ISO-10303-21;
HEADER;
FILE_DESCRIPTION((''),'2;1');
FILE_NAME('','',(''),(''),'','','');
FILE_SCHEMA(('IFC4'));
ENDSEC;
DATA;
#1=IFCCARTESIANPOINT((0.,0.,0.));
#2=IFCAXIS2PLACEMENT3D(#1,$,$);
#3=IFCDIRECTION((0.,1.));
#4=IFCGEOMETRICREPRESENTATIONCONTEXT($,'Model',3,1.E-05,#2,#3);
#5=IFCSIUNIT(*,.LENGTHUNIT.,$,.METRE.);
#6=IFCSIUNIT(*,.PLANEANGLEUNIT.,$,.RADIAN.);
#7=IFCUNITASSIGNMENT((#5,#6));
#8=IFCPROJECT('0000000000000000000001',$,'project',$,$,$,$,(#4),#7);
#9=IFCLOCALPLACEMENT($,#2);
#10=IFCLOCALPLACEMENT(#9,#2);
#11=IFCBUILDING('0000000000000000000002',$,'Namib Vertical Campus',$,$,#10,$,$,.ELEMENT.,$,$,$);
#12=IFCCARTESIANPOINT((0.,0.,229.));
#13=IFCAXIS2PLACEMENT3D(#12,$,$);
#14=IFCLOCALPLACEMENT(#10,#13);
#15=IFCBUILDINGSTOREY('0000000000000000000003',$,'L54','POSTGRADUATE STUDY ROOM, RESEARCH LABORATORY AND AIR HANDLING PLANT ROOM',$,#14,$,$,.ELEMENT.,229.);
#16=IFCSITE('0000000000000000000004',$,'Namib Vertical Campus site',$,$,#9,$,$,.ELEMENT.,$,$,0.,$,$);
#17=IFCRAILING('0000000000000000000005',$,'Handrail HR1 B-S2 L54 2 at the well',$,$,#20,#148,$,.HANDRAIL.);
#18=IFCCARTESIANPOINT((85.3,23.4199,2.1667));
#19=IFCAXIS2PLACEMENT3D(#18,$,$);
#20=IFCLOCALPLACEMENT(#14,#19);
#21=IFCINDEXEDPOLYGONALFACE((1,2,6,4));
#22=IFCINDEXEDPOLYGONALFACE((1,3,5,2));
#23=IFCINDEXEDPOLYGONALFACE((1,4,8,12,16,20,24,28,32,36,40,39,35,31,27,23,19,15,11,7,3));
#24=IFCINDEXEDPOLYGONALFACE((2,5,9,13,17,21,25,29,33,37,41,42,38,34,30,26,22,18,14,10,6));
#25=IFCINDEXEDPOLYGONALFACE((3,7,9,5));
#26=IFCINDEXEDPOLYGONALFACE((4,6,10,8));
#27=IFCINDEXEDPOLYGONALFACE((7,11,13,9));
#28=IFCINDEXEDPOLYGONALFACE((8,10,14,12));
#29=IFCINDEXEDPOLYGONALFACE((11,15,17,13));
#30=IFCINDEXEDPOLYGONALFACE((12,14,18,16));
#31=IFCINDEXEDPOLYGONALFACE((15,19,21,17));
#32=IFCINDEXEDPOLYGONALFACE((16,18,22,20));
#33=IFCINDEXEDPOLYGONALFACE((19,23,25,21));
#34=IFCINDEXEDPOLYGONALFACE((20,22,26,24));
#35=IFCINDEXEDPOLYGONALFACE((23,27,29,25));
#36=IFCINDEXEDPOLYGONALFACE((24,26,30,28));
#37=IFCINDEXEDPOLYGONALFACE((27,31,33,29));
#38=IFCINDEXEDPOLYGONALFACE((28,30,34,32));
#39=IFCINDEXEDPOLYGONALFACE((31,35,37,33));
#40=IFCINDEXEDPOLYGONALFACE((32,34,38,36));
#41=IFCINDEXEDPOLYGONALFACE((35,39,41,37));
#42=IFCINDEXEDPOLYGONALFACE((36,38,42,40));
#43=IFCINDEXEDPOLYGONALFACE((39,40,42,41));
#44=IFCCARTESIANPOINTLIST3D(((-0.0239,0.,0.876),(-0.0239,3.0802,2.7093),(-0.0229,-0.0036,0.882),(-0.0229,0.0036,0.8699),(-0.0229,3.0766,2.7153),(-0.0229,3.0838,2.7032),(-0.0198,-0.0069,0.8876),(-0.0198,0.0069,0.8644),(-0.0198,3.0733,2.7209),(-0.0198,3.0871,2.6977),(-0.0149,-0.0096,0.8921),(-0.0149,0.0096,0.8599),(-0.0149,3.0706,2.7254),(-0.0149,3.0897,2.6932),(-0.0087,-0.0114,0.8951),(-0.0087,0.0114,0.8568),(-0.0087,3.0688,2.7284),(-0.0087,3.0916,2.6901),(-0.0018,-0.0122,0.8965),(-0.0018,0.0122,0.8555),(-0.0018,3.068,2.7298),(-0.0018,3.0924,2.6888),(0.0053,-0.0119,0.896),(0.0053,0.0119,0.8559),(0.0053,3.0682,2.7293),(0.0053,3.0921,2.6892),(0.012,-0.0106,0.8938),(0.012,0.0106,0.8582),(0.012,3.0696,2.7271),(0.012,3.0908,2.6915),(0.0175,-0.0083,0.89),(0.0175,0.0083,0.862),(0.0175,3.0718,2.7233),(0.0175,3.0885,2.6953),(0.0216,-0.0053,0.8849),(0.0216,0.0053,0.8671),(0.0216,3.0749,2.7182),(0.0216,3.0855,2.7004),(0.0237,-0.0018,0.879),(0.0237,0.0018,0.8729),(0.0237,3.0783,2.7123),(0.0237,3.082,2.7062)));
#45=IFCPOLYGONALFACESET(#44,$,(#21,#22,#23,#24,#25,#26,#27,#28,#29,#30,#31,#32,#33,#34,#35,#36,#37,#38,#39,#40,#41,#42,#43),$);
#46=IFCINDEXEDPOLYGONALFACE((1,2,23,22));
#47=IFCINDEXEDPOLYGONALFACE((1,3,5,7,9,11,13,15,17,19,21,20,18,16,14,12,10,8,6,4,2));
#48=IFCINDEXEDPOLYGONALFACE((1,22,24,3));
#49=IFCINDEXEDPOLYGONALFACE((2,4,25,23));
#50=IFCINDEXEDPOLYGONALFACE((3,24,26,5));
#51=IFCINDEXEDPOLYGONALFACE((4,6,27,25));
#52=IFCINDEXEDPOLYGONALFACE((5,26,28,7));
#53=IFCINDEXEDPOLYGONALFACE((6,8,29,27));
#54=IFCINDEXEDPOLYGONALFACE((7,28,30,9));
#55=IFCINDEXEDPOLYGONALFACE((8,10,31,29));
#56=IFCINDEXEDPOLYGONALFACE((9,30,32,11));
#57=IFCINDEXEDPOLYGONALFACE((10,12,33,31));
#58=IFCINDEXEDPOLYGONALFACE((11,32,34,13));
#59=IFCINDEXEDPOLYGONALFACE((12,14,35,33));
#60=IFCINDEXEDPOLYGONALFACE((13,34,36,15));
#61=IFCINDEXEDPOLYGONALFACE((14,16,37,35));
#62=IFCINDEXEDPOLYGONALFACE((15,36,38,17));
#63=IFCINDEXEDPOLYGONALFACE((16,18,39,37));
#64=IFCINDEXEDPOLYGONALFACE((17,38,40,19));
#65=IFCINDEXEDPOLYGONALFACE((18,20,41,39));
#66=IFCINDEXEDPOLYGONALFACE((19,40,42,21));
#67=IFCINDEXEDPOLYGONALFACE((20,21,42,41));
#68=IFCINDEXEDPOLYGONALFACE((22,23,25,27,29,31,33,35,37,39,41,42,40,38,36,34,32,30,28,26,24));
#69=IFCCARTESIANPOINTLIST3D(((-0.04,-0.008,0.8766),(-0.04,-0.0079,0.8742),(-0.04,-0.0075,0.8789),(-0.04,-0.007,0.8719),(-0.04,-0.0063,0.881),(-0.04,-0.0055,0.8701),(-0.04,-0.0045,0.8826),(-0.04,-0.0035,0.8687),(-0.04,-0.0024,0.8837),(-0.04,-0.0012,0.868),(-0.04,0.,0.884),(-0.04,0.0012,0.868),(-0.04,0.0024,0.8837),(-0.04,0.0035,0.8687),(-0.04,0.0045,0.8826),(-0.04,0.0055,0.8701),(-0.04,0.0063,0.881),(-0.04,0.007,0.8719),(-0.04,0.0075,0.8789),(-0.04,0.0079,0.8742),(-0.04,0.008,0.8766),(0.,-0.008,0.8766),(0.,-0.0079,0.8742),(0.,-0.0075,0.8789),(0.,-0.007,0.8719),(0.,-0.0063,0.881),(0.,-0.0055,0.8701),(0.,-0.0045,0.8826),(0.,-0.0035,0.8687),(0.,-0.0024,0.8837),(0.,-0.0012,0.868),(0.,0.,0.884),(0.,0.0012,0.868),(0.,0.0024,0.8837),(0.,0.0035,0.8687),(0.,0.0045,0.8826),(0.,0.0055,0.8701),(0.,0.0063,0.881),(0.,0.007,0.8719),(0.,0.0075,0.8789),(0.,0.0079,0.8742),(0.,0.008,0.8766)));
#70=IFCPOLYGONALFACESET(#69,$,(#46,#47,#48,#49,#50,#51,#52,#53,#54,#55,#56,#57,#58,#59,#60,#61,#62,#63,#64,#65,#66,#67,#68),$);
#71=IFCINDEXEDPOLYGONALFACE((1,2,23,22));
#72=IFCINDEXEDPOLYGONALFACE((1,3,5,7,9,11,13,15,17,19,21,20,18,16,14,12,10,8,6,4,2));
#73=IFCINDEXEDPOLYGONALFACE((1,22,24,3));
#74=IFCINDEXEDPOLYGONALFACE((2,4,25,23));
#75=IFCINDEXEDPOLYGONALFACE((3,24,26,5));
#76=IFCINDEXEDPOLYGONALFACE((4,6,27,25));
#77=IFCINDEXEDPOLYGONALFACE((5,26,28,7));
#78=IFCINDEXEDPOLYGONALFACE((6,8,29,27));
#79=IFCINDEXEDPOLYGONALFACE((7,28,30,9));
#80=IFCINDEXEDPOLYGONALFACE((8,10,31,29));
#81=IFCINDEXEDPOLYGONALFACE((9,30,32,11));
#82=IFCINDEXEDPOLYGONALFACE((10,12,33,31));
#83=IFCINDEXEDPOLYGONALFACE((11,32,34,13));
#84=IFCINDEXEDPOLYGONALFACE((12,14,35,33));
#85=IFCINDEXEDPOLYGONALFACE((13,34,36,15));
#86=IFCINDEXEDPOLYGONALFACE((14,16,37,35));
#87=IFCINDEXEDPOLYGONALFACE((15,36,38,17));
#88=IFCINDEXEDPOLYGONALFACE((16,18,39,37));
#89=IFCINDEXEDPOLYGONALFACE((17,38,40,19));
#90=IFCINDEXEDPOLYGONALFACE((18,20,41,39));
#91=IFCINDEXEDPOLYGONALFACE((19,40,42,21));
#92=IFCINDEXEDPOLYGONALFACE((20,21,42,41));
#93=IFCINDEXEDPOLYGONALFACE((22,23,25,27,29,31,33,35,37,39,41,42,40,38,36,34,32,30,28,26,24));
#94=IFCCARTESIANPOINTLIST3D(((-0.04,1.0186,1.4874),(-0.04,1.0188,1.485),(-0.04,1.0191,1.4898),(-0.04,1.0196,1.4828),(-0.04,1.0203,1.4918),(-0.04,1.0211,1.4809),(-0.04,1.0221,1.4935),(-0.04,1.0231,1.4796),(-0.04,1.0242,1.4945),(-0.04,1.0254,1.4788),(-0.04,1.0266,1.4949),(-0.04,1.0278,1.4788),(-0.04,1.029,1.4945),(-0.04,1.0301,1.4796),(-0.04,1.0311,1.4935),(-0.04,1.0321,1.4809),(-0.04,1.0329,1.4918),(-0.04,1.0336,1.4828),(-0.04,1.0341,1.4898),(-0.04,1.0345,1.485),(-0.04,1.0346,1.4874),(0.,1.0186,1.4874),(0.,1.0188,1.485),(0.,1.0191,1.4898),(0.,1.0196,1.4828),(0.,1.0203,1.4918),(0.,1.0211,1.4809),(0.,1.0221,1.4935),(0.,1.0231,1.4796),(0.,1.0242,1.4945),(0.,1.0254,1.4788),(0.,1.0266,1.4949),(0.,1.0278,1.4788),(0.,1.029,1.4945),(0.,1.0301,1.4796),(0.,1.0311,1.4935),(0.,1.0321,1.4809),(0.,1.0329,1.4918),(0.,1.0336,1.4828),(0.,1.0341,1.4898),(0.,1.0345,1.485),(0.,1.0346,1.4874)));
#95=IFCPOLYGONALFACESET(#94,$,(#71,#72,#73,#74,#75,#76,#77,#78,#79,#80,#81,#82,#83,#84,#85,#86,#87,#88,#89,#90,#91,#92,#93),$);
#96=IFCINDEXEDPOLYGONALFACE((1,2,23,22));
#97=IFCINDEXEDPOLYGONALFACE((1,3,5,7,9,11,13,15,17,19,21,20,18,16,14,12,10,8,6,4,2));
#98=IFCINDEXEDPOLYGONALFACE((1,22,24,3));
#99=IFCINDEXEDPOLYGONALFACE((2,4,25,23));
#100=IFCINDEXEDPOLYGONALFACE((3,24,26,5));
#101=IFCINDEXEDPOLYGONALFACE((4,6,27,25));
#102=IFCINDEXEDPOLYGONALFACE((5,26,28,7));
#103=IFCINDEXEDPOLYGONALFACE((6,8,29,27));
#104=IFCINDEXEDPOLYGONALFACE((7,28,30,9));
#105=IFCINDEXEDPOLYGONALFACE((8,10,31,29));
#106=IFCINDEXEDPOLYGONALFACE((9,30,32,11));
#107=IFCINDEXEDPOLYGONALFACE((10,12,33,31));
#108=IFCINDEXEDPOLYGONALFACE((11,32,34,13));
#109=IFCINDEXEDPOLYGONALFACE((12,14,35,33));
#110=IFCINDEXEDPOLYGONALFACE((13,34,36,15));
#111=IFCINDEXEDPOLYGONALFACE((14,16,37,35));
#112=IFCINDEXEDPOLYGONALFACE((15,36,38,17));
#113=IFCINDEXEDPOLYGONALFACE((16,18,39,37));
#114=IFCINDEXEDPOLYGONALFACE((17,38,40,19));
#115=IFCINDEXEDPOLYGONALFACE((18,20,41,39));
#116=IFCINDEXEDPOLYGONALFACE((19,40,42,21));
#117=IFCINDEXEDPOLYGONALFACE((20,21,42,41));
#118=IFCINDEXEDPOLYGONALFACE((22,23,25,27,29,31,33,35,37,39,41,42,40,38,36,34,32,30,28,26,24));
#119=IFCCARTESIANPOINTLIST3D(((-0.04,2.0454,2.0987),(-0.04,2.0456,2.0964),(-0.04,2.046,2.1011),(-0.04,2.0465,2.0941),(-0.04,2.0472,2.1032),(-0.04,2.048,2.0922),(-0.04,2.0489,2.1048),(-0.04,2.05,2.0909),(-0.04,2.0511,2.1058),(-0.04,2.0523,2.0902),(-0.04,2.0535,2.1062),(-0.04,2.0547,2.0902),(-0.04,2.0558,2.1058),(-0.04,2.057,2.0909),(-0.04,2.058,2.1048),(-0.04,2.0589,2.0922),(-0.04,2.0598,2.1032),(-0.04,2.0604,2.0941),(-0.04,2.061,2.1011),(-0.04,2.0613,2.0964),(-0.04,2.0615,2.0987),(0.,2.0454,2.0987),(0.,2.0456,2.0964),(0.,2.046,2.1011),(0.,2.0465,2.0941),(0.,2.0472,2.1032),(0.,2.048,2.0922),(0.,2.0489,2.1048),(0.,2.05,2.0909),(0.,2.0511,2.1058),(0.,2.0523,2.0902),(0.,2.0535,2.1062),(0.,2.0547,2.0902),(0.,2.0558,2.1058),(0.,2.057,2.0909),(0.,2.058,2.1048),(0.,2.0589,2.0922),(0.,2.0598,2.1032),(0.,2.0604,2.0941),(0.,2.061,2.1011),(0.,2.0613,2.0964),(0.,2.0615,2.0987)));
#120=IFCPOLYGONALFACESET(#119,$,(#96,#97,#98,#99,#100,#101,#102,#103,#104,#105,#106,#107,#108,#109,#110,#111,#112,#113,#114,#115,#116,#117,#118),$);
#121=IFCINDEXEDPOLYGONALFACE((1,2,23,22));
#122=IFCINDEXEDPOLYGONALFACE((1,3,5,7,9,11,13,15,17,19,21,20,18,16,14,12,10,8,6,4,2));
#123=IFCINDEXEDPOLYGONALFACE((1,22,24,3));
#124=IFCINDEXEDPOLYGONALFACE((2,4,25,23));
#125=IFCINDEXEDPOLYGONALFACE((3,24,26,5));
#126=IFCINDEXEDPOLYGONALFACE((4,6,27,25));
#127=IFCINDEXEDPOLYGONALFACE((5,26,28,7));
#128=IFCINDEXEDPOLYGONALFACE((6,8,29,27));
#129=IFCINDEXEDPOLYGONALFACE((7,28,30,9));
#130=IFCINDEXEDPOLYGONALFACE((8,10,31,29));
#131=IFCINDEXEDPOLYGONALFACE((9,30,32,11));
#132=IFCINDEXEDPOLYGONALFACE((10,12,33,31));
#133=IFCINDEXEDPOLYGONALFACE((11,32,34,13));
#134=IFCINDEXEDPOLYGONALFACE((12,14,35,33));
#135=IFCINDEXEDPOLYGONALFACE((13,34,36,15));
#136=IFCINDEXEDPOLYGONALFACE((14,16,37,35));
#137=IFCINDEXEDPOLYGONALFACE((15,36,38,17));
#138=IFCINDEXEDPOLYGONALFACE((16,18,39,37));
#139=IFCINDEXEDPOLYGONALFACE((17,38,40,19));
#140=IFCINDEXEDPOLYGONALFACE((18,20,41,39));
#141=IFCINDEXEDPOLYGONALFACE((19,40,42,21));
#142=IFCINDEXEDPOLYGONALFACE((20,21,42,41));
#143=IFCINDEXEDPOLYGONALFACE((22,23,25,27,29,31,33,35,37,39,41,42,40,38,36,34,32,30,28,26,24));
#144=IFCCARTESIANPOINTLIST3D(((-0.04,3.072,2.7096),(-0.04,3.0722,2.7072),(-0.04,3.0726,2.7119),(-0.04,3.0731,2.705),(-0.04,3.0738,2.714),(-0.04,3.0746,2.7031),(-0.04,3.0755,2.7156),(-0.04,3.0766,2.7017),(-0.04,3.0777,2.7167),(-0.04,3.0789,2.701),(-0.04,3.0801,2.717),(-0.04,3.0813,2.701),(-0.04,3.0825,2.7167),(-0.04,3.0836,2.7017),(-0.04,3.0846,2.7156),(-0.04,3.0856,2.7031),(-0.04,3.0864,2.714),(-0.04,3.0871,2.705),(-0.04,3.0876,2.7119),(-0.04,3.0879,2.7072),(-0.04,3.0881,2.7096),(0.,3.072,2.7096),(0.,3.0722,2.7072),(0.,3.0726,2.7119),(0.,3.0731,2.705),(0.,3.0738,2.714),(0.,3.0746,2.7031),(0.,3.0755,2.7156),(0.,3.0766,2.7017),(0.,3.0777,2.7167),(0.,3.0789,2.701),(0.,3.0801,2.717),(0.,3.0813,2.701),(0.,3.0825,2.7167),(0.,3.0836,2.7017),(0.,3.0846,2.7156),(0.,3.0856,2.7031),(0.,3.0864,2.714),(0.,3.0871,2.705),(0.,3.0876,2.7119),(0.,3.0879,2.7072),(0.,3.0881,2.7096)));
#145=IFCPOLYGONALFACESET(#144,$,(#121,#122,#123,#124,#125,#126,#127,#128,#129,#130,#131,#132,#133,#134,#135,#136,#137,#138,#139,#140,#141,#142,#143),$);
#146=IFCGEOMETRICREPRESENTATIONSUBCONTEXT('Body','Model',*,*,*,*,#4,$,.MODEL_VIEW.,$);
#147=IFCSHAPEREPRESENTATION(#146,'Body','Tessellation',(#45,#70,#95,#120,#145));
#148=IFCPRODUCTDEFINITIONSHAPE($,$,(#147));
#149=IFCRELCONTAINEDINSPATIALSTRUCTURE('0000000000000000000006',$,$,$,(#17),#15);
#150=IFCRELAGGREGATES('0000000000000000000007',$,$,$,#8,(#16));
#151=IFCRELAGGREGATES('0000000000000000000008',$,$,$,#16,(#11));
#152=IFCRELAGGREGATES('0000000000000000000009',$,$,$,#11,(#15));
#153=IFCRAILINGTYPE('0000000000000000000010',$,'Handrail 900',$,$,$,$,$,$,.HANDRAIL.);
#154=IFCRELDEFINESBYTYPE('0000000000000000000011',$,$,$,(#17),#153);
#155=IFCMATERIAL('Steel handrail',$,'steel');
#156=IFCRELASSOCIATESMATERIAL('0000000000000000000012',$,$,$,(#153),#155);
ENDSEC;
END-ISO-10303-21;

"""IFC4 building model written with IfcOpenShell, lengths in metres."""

from ifc_helpers import new_model, si_unit, direction, frame, origin, origin_2d, place, context, subcontext, project, spatial, circle, extrude, material, type_object, element, save


model = new_model("IFC4")

# Units and contexts
model_context = context("Model", 3, precision=1e-05, world=origin(), true_north=direction((0.0, 1.0)))
body_context = subcontext(model_context, "Body", "Model", "MODEL_VIEW")
ifc_project = project(units=[si_unit("LENGTHUNIT", "METRE"), si_unit("PLANEANGLEUNIT", "RADIAN")], contexts=[model_context])

# Site, building, storey
site_placement = place(None, origin())
site = spatial("IfcSite", under=ifc_project, at=site_placement, Name="Namib Vertical Campus site", CompositionType="ELEMENT", RefElevation=0.0)
building_placement = place(site_placement, origin())
building = spatial("IfcBuilding", under=site, at=building_placement, Name="Namib Vertical Campus", CompositionType="ELEMENT")
storey_placement = place(building_placement, frame((0.0, 0.0, 229.0)))
storey = spatial("IfcBuildingStorey", under=building, at=storey_placement, Name="L54", Description="POSTGRADUATE STUDY ROOM, RESEARCH LABORATORY AND AIR HANDLING PLANT ROOM", CompositionType="ELEMENT", Elevation=229.0)

# Railing
ifc_material_1 = material(Name="Steel handrail", Category="steel")
railing_type_1 = type_object("IfcRailingType", Name="Handrail 900", PredefinedType="HANDRAIL", material=ifc_material_1)
railing_1_placement = place(storey_placement, frame((85.3, 23.4199, 2.1667)))
element("IfcRailing", 1, at=railing_1_placement, inside=storey, type_object=railing_type_1, Name="Handrail HR1 B-S2 L54 2 at the well", PredefinedType="HANDRAIL", context=body_context, shape_type="SweptSolid", body=[
    extrude(circle(Radius=0.0239, at=origin_2d()), frame((0.0, 0.0, 0.876), z_axis=(0.0, 0.859309, 0.511458), x_axis=(-1.0, 0.0, 0.0)), (0.0, 0.0, 1.0), 3.5845),
    extrude(circle(Radius=0.0081, at=origin_2d()), frame((0.0, 0.0, 0.876), z_axis=(-1.0, 0.0, 0.0), x_axis=(0.0, 0.0, 1.0)), (0.0, 0.0, 1.0), 0.04),
    extrude(circle(Radius=0.0081, at=origin_2d()), frame((0.0, 1.0266, 1.4868), z_axis=(-1.0, 0.0, 0.0), x_axis=(0.0, 0.0, 1.0)), (0.0, 0.0, 1.0), 0.04),
    extrude(circle(Radius=0.0081, at=origin_2d()), frame((0.0, 2.0535, 2.0981), z_axis=(-1.0, 0.0, 0.0), x_axis=(0.0, 0.0, 1.0)), (0.0, 0.0, 1.0), 0.04),
    extrude(circle(Radius=0.0081, at=origin_2d()), frame((0.0, 3.0801, 2.709), z_axis=(-1.0, 0.0, 0.0), x_axis=(0.0, 0.0, 1.0)), (0.0, 0.0, 1.0), 0.04),
])

save(model, "model.ifc")
